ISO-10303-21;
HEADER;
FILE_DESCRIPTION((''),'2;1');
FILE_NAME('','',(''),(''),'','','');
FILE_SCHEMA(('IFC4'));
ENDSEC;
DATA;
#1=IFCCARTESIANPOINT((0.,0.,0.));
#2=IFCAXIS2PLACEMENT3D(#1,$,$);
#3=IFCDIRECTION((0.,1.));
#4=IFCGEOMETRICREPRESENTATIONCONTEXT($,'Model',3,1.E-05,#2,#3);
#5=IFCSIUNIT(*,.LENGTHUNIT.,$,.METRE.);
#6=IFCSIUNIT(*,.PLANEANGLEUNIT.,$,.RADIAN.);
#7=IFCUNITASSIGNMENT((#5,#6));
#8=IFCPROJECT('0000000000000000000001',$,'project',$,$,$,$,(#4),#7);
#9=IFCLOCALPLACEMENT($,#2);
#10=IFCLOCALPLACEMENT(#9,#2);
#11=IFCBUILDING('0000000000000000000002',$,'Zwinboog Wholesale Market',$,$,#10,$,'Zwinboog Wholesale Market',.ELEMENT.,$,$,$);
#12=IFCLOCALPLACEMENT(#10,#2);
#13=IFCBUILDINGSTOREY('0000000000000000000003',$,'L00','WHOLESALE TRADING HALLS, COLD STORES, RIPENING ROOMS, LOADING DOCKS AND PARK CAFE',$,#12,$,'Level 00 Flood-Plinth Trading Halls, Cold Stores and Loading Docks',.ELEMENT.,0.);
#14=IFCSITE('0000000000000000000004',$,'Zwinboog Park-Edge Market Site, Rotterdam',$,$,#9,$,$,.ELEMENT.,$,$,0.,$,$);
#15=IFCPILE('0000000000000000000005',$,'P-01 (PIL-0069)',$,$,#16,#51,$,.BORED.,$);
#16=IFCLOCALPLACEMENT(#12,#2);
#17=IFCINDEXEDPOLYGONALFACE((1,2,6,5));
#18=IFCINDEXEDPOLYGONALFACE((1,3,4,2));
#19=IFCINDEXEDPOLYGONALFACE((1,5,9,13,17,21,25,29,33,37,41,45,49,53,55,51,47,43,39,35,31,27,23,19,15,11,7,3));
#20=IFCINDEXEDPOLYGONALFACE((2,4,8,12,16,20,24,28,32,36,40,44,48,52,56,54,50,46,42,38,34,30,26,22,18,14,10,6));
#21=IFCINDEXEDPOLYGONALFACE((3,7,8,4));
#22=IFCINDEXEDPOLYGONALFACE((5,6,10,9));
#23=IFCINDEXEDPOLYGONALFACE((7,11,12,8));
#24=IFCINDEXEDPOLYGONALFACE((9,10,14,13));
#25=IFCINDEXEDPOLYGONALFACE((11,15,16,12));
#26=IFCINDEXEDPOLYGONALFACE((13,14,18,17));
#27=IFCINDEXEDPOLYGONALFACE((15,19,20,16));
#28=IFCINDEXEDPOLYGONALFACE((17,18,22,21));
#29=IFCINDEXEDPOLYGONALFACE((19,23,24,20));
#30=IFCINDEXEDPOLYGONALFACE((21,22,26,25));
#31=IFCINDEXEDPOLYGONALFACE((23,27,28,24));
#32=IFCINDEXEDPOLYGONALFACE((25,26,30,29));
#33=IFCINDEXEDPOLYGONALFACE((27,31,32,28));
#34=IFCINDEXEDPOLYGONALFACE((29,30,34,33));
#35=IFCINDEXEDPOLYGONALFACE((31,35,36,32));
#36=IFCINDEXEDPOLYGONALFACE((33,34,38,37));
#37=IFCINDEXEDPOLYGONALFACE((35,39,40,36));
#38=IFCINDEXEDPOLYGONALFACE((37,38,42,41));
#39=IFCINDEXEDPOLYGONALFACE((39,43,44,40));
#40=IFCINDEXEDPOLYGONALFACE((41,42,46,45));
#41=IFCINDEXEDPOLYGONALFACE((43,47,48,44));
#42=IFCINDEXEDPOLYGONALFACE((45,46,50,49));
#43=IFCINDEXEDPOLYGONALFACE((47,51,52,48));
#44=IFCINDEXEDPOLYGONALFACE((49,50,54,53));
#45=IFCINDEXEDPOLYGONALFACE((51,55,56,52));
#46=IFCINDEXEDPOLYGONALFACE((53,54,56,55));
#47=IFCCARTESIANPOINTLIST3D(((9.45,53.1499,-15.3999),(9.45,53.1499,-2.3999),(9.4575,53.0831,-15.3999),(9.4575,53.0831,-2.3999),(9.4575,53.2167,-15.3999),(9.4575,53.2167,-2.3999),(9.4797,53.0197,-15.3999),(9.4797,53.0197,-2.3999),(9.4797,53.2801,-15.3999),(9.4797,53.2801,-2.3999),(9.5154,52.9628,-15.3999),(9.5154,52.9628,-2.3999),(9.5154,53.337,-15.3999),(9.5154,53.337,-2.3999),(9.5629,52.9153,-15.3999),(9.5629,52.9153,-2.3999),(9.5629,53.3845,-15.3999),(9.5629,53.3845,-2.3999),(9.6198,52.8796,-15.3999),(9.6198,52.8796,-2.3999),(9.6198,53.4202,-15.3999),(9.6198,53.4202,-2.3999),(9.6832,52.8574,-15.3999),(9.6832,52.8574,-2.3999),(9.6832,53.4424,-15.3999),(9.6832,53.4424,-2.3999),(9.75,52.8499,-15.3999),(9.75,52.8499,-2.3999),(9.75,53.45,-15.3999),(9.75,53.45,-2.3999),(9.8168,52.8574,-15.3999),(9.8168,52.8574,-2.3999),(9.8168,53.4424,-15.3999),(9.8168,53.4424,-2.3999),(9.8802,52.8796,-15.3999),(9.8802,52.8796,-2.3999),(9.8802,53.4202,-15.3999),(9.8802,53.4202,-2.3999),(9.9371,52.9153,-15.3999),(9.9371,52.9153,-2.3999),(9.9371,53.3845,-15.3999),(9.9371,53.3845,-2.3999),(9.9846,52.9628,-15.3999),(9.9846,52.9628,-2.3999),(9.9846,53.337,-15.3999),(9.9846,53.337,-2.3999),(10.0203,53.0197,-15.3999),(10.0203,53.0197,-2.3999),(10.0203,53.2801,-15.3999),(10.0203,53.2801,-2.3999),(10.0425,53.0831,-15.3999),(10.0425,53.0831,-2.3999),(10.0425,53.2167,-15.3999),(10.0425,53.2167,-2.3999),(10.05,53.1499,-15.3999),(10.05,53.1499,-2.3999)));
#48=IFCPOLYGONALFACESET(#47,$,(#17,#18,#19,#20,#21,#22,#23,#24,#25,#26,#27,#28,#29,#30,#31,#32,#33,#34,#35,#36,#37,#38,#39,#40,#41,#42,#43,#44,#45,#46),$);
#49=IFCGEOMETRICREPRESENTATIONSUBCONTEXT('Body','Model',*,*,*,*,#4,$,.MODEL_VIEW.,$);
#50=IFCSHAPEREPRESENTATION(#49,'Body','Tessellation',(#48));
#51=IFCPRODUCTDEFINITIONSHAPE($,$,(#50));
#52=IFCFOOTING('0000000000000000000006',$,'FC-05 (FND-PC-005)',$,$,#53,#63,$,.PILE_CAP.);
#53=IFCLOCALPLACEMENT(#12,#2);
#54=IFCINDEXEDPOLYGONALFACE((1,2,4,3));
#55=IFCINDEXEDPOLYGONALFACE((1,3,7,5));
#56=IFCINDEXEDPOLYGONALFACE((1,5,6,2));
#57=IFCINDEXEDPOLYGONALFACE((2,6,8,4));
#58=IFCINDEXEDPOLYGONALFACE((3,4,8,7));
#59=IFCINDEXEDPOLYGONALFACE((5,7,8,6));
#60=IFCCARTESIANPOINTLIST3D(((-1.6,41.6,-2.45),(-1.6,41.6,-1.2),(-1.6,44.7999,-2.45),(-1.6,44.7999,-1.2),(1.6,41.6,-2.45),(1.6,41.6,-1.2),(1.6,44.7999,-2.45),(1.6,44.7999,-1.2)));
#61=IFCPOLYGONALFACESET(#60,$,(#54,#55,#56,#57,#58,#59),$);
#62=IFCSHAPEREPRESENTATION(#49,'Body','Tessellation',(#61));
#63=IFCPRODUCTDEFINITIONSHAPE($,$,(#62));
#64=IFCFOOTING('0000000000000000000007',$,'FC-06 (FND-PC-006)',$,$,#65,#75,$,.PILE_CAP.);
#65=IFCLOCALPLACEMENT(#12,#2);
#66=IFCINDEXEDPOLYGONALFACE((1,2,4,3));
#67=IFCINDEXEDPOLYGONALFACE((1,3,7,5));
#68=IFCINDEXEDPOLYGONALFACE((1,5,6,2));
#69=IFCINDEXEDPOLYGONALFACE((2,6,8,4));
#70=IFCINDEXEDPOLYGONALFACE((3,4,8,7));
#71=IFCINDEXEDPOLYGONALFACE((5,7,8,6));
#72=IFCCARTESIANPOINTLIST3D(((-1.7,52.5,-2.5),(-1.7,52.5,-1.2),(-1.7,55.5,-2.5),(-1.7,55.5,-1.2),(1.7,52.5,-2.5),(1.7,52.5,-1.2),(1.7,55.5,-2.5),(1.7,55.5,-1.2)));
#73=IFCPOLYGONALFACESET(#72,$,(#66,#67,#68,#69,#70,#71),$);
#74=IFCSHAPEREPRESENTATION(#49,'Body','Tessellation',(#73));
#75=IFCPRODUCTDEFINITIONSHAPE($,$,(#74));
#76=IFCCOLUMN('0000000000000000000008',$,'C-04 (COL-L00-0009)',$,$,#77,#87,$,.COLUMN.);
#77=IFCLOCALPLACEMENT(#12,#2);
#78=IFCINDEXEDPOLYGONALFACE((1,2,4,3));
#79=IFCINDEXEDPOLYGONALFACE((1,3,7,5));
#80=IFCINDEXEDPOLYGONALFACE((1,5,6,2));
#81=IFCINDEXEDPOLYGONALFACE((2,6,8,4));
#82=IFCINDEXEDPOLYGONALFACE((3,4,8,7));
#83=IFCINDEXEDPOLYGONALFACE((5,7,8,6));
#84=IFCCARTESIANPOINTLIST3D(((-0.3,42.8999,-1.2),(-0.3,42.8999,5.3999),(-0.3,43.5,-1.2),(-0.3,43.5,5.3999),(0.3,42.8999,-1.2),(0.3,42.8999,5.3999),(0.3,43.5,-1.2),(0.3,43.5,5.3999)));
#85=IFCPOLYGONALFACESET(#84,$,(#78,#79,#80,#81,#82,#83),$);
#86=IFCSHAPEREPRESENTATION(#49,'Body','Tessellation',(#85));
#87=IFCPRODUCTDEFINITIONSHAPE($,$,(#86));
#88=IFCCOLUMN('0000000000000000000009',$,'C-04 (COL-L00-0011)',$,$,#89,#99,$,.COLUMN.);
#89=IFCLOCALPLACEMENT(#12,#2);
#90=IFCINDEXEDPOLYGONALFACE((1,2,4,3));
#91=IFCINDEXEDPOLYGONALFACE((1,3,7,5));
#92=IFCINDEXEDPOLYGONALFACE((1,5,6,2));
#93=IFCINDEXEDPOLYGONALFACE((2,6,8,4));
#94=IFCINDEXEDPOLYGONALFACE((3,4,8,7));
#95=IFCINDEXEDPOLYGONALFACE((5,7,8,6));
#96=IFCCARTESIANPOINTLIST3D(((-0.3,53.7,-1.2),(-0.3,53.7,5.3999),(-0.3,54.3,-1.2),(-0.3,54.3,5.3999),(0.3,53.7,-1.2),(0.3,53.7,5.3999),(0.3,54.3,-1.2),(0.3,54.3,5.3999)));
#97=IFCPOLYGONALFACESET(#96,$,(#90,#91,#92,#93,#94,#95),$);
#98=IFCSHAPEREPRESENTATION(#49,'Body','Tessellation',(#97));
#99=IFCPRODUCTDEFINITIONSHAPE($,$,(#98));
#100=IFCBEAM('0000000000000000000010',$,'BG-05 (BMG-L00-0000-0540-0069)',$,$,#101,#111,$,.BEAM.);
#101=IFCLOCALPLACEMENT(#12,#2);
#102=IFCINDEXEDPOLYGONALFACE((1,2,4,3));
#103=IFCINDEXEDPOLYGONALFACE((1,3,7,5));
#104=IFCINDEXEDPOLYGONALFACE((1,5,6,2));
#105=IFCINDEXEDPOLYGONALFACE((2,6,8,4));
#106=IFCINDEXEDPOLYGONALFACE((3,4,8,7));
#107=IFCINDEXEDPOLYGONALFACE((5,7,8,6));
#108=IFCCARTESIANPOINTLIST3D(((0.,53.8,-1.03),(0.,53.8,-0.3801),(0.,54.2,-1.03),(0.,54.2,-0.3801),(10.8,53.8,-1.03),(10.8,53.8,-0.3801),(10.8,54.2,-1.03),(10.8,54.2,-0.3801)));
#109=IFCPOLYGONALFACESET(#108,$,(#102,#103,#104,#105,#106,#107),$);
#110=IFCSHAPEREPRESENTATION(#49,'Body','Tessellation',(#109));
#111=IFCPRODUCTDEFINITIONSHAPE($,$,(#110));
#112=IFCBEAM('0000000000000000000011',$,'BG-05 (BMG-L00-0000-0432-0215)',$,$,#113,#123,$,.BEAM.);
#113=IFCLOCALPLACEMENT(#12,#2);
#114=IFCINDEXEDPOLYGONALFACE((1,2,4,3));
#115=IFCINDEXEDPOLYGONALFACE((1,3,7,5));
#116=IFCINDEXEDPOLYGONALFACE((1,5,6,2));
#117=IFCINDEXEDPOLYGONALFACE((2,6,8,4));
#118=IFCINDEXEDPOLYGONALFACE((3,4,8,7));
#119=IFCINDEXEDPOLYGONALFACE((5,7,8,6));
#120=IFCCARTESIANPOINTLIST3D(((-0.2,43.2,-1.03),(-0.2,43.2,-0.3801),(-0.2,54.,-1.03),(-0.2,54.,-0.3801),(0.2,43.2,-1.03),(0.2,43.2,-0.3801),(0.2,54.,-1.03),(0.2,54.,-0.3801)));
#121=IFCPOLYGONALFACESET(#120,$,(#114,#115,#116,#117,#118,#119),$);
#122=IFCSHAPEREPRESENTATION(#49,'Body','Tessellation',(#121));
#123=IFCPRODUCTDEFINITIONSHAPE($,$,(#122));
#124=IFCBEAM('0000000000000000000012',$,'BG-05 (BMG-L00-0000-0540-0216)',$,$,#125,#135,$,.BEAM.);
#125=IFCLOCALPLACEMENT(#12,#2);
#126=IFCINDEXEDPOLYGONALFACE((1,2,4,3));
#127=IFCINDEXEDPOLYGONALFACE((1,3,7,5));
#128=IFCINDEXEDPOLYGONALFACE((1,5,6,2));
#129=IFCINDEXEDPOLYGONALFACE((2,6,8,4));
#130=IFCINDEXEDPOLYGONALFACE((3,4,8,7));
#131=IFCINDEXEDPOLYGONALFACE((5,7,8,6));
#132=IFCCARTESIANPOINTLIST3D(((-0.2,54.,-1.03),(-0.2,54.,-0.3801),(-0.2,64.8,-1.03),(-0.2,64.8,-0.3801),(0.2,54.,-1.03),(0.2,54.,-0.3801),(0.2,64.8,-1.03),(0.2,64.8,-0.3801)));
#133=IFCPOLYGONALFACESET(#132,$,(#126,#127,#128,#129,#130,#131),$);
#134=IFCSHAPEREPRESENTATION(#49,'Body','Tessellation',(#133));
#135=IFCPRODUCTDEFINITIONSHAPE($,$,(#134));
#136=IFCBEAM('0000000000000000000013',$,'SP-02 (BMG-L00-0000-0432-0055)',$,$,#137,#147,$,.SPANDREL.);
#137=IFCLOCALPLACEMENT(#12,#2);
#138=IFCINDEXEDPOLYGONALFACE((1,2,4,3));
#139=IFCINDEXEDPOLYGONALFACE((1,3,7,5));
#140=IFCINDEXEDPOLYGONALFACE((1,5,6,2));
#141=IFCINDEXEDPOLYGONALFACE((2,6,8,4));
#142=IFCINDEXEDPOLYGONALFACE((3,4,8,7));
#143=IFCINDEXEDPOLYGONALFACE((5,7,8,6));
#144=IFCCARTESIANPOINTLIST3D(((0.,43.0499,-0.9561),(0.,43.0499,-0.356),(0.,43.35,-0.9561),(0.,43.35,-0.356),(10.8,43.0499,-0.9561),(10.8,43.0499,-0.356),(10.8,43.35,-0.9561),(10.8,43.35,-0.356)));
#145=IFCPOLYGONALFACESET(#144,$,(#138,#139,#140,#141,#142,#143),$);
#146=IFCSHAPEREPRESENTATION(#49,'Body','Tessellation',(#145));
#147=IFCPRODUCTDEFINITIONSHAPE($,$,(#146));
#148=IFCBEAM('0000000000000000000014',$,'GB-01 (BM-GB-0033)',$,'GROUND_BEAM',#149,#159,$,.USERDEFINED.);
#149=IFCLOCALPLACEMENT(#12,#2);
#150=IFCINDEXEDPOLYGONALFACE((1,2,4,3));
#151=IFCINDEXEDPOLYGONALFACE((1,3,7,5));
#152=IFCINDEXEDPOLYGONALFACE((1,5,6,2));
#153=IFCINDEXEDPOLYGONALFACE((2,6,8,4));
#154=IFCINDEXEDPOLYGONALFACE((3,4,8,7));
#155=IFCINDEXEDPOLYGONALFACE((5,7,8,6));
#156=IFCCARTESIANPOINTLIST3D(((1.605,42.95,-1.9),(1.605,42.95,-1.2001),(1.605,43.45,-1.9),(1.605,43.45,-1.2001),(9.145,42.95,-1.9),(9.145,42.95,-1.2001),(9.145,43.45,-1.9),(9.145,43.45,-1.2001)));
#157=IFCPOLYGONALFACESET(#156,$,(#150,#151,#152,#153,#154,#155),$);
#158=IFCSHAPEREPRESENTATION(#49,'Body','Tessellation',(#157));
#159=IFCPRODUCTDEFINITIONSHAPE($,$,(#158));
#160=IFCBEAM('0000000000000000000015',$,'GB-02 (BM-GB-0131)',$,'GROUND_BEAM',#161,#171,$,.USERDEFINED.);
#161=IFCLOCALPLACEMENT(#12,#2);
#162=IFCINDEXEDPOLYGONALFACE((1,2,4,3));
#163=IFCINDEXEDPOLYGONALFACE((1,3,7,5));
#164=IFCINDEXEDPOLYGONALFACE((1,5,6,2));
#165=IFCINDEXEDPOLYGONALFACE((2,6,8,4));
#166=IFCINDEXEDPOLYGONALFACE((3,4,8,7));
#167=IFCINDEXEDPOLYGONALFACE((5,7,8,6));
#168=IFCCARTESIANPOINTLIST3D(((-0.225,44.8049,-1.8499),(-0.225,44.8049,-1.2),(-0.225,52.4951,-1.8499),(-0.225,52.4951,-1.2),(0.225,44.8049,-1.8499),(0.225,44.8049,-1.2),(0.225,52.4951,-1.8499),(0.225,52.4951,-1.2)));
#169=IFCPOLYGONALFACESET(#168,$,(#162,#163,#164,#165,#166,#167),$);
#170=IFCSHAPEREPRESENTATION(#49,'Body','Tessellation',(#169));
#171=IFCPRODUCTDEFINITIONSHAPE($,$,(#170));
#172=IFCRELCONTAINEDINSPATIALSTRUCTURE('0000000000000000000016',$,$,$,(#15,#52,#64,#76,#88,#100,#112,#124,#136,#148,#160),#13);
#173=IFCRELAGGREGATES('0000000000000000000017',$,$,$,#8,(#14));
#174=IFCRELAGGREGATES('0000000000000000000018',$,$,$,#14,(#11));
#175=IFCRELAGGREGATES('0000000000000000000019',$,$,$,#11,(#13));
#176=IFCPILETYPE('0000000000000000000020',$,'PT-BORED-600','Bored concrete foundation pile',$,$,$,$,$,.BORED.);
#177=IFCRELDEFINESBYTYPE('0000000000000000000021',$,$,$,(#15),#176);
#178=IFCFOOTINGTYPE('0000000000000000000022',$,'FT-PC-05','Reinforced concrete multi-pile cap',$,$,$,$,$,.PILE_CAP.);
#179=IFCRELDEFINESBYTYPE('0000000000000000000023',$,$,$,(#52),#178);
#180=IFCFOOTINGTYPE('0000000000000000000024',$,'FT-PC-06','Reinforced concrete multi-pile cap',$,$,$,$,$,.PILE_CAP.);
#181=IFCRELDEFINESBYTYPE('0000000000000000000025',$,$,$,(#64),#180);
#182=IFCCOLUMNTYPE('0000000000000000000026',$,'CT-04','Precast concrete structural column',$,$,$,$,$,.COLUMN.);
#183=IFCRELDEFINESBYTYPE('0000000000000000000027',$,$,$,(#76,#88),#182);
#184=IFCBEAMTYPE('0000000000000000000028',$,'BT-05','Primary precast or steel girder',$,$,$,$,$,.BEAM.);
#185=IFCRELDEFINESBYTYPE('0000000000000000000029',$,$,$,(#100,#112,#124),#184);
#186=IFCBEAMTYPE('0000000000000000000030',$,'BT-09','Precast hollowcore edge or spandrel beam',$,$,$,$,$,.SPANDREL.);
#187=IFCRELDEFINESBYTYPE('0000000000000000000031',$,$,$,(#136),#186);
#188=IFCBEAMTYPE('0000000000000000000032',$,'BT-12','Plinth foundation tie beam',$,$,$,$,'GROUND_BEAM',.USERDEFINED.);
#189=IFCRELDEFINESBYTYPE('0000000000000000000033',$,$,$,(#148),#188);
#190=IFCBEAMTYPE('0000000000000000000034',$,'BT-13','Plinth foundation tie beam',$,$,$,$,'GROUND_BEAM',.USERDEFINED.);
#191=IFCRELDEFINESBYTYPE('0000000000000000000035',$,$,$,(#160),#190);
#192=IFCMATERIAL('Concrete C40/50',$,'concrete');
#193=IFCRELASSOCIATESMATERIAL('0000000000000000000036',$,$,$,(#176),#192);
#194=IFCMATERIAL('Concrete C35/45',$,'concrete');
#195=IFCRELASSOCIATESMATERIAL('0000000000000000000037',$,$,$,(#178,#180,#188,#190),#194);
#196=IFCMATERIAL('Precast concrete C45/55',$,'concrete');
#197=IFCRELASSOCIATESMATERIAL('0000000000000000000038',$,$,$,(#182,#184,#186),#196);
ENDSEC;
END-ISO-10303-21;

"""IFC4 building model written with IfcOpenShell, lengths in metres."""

from ifc_helpers import new_model, si_unit, direction, frame, origin, origin_2d, place, context, subcontext, project, spatial, rectangle, circle, extrude, material, material_profile, profile_set, type_object, element, save


model = new_model("IFC4")

# Units and contexts
model_context = context("Model", 3, precision=1e-05, world=origin(), true_north=direction((0.0, 1.0)))
body_context = subcontext(model_context, "Body", "Model", "MODEL_VIEW")
ifc_project = project(units=[si_unit("LENGTHUNIT", "METRE"), si_unit("PLANEANGLEUNIT", "RADIAN")], contexts=[model_context])

# Site, building, storey
site_placement = place(None, origin())
site = spatial("IfcSite", under=ifc_project, at=site_placement, Name="Zwinboog Park-Edge Market Site, Rotterdam", CompositionType="ELEMENT", RefElevation=0.0)
building_placement = place(site_placement, origin())
building = spatial("IfcBuilding", under=site, at=building_placement, Name="Zwinboog Wholesale Market", LongName="Zwinboog Wholesale Market", CompositionType="ELEMENT")
storey_placement = place(building_placement, origin())
storey = spatial("IfcBuildingStorey", under=building, at=storey_placement, Name="L00", Description="WHOLESALE TRADING HALLS, COLD STORES, RIPENING ROOMS, LOADING DOCKS AND PARK CAFE", LongName="Level 00 Flood-Plinth Trading Halls, Cold Stores and Loading Docks", CompositionType="ELEMENT", Elevation=0.0)

# Pile
ifc_material_1 = material(Name="Concrete C40/50", Category="concrete")
ifc_material_profile_1 = material_profile(ifc_material_1, circle(Radius=0.3, at=origin_2d()), Name="PILE D600")
ifc_profile_set_1 = profile_set([ifc_material_profile_1], Name="Concrete C40/50")
pile_type = type_object("IfcPileType", Name="PT-BORED-600", Description="Bored concrete foundation pile", PredefinedType="BORED", material=ifc_profile_set_1)
for number, where, z_axis, x_axis, name in (
    (1, (9.75, 53.1499, -2.3999), (0.0, 0.0, -1.0), (1.0, 0.0, 0.0), "P-01 (PIL-0069)"),
):
    element("IfcPile", number, at=place(storey_placement, frame(where, z_axis=z_axis, x_axis=x_axis)), inside=storey, type_object=pile_type, Name=name, PredefinedType="BORED", context=body_context, shape_type="SweptSolid", body=[
        extrude(circle(Radius=0.3, at=origin_2d()), origin(), (0.0, 0.0, 1.0), 13.0),
    ])

# Footings
ifc_material_2 = material(Name="Concrete C35/45", Category="concrete")
footing_type_1 = type_object("IfcFootingType", Name="FT-PC-05", Description="Reinforced concrete multi-pile cap", PredefinedType="PILE_CAP", material=ifc_material_2)
footing_1_placement = place(storey_placement, frame((0.0, 43.2, -2.45), z_axis=(0.0, 0.0, 1.0), x_axis=(1.0, 0.0, 0.0)))
element("IfcFooting", 2, at=footing_1_placement, inside=storey, type_object=footing_type_1, Name="FC-05 (FND-PC-005)", PredefinedType="PILE_CAP", context=body_context, shape_type="SweptSolid", body=[
    extrude(rectangle(XDim=3.2, YDim=3.2, at=origin_2d()), origin(), (0.0, 0.0, 1.0), 1.25),
])
footing_type_2 = type_object("IfcFootingType", Name="FT-PC-06", Description="Reinforced concrete multi-pile cap", PredefinedType="PILE_CAP", material=ifc_material_2)
footing_2_placement = place(storey_placement, frame((0.0, 54.0, -2.5), z_axis=(0.0, 0.0, 1.0), x_axis=(1.0, 0.0, 0.0)))
element("IfcFooting", 3, at=footing_2_placement, inside=storey, type_object=footing_type_2, Name="FC-06 (FND-PC-006)", PredefinedType="PILE_CAP", context=body_context, shape_type="SweptSolid", body=[
    extrude(rectangle(XDim=3.3999, YDim=3.0, at=origin_2d()), origin(), (0.0, 0.0, 1.0), 1.3),
])

# Columns
ifc_material_3 = material(Name="Precast concrete C45/55", Category="concrete")
ifc_material_profile_2 = material_profile(ifc_material_3, rectangle(XDim=0.6001, YDim=0.6001, at=origin_2d()), Name="PC 600x600")
ifc_profile_set_2 = profile_set([ifc_material_profile_2], Name="Precast concrete C45/55")
column_type = type_object("IfcColumnType", Name="CT-04", Description="Precast concrete structural column", PredefinedType="COLUMN", material=ifc_profile_set_2)
for number, where, z_axis, x_axis, name in (
    (4, (0.0, 43.2, -1.2), (0.0, 0.0, 1.0), (1.0, 0.0, 0.0), "C-04 (COL-L00-0009)"),
    (5, (0.0, 54.0, -1.2), (0.0, 0.0, 1.0), (1.0, 0.0, 0.0), "C-04 (COL-L00-0011)"),
):
    element("IfcColumn", number, at=place(storey_placement, frame(where, z_axis=z_axis, x_axis=x_axis)), inside=storey, type_object=column_type, Name=name, PredefinedType="COLUMN", context=body_context, shape_type="SweptSolid", body=[
        extrude(rectangle(XDim=0.6001, YDim=0.6001, at=origin_2d()), origin(), (0.0, 0.0, 1.0), 6.5999),
    ])

# Beams
ifc_material_profile_3 = material_profile(ifc_material_3, rectangle(XDim=0.3999, YDim=0.6499, at=origin_2d()), Name="PC 400x650")
ifc_profile_set_3 = profile_set([ifc_material_profile_3], Name="Precast concrete C45/55")
beam_type_1 = type_object("IfcBeamType", Name="BT-05", Description="Primary precast or steel girder", PredefinedType="BEAM", material=ifc_profile_set_3)
for number, where, z_axis, x_axis, name in (
    (6, (0.0, 54.0, -0.7051), (1.0, 0.0, 0.0), (0.0, 1.0, 0.0), "BG-05 (BMG-L00-0000-0540-0069)"),
    (7, (0.0, 43.2, -0.7051), (0.0, 1.0, 0.0), (-1.0, 0.0, 0.0), "BG-05 (BMG-L00-0000-0432-0215)"),
    (8, (0.0, 54.0, -0.7051), (0.0, 1.0, 0.0), (-1.0, 0.0, 0.0), "BG-05 (BMG-L00-0000-0540-0216)"),
):
    element("IfcBeam", number, at=place(storey_placement, frame(where, z_axis=z_axis, x_axis=x_axis)), inside=storey, type_object=beam_type_1, Name=name, PredefinedType="BEAM", context=body_context, shape_type="SweptSolid", body=[
        extrude(rectangle(XDim=0.3999, YDim=0.6499, at=origin_2d()), origin(), (0.0, 0.0, 1.0), 10.8),
    ])
ifc_material_profile_4 = material_profile(ifc_material_3, rectangle(XDim=0.3, YDim=0.6001, at=origin_2d()), Name="PC 300x600")
ifc_profile_set_4 = profile_set([ifc_material_profile_4], Name="Precast concrete C45/55")
beam_type_2 = type_object("IfcBeamType", Name="BT-09", Description="Precast hollowcore edge or spandrel beam", PredefinedType="SPANDREL", material=ifc_profile_set_4)
beam_1_placement = place(storey_placement, frame((0.0, 43.2, -0.656), z_axis=(1.0, 0.0, 0.0), x_axis=(0.0, 1.0, 0.0)))
element("IfcBeam", 9, at=beam_1_placement, inside=storey, type_object=beam_type_2, Name="SP-02 (BMG-L00-0000-0432-0055)", PredefinedType="SPANDREL", context=body_context, shape_type="SweptSolid", body=[
    extrude(rectangle(XDim=0.3, YDim=0.6001, at=origin_2d()), origin(), (0.0, 0.0, 1.0), 10.8),
])
ifc_material_profile_5 = material_profile(ifc_material_2, rectangle(XDim=0.5, YDim=0.7, at=origin_2d()), Name="RC 500x700")
ifc_profile_set_5 = profile_set([ifc_material_profile_5], Name="Concrete C35/45")
beam_type_3 = type_object("IfcBeamType", Name="BT-12", Description="Plinth foundation tie beam", ElementType="GROUND_BEAM", PredefinedType="USERDEFINED", material=ifc_profile_set_5)
beam_2_placement = place(storey_placement, frame((1.605, 43.2, -1.55), z_axis=(1.0, 0.0, 0.0), x_axis=(0.0, 1.0, 0.0)))
element("IfcBeam", 10, at=beam_2_placement, inside=storey, type_object=beam_type_3, Name="GB-01 (BM-GB-0033)", ObjectType="GROUND_BEAM", PredefinedType="USERDEFINED", context=body_context, shape_type="SweptSolid", body=[
    extrude(rectangle(XDim=0.5, YDim=0.7, at=origin_2d()), origin(), (0.0, 0.0, 1.0), 7.54),
])
ifc_material_profile_6 = material_profile(ifc_material_2, rectangle(XDim=0.45, YDim=0.6499, at=origin_2d()), Name="RC 450x650")
ifc_profile_set_6 = profile_set([ifc_material_profile_6], Name="Concrete C35/45")
beam_type_4 = type_object("IfcBeamType", Name="BT-13", Description="Plinth foundation tie beam", ElementType="GROUND_BEAM", PredefinedType="USERDEFINED", material=ifc_profile_set_6)
beam_3_placement = place(storey_placement, frame((0.0, 44.8049, -1.5249), z_axis=(0.0, 1.0, 0.0), x_axis=(-1.0, 0.0, 0.0)))
element("IfcBeam", 11, at=beam_3_placement, inside=storey, type_object=beam_type_4, Name="GB-02 (BM-GB-0131)", ObjectType="GROUND_BEAM", PredefinedType="USERDEFINED", context=body_context, shape_type="SweptSolid", body=[
    extrude(rectangle(XDim=0.45, YDim=0.6499, at=origin_2d()), origin(), (0.0, 0.0, 1.0), 7.6902),
])

save(model, "model.ifc")
